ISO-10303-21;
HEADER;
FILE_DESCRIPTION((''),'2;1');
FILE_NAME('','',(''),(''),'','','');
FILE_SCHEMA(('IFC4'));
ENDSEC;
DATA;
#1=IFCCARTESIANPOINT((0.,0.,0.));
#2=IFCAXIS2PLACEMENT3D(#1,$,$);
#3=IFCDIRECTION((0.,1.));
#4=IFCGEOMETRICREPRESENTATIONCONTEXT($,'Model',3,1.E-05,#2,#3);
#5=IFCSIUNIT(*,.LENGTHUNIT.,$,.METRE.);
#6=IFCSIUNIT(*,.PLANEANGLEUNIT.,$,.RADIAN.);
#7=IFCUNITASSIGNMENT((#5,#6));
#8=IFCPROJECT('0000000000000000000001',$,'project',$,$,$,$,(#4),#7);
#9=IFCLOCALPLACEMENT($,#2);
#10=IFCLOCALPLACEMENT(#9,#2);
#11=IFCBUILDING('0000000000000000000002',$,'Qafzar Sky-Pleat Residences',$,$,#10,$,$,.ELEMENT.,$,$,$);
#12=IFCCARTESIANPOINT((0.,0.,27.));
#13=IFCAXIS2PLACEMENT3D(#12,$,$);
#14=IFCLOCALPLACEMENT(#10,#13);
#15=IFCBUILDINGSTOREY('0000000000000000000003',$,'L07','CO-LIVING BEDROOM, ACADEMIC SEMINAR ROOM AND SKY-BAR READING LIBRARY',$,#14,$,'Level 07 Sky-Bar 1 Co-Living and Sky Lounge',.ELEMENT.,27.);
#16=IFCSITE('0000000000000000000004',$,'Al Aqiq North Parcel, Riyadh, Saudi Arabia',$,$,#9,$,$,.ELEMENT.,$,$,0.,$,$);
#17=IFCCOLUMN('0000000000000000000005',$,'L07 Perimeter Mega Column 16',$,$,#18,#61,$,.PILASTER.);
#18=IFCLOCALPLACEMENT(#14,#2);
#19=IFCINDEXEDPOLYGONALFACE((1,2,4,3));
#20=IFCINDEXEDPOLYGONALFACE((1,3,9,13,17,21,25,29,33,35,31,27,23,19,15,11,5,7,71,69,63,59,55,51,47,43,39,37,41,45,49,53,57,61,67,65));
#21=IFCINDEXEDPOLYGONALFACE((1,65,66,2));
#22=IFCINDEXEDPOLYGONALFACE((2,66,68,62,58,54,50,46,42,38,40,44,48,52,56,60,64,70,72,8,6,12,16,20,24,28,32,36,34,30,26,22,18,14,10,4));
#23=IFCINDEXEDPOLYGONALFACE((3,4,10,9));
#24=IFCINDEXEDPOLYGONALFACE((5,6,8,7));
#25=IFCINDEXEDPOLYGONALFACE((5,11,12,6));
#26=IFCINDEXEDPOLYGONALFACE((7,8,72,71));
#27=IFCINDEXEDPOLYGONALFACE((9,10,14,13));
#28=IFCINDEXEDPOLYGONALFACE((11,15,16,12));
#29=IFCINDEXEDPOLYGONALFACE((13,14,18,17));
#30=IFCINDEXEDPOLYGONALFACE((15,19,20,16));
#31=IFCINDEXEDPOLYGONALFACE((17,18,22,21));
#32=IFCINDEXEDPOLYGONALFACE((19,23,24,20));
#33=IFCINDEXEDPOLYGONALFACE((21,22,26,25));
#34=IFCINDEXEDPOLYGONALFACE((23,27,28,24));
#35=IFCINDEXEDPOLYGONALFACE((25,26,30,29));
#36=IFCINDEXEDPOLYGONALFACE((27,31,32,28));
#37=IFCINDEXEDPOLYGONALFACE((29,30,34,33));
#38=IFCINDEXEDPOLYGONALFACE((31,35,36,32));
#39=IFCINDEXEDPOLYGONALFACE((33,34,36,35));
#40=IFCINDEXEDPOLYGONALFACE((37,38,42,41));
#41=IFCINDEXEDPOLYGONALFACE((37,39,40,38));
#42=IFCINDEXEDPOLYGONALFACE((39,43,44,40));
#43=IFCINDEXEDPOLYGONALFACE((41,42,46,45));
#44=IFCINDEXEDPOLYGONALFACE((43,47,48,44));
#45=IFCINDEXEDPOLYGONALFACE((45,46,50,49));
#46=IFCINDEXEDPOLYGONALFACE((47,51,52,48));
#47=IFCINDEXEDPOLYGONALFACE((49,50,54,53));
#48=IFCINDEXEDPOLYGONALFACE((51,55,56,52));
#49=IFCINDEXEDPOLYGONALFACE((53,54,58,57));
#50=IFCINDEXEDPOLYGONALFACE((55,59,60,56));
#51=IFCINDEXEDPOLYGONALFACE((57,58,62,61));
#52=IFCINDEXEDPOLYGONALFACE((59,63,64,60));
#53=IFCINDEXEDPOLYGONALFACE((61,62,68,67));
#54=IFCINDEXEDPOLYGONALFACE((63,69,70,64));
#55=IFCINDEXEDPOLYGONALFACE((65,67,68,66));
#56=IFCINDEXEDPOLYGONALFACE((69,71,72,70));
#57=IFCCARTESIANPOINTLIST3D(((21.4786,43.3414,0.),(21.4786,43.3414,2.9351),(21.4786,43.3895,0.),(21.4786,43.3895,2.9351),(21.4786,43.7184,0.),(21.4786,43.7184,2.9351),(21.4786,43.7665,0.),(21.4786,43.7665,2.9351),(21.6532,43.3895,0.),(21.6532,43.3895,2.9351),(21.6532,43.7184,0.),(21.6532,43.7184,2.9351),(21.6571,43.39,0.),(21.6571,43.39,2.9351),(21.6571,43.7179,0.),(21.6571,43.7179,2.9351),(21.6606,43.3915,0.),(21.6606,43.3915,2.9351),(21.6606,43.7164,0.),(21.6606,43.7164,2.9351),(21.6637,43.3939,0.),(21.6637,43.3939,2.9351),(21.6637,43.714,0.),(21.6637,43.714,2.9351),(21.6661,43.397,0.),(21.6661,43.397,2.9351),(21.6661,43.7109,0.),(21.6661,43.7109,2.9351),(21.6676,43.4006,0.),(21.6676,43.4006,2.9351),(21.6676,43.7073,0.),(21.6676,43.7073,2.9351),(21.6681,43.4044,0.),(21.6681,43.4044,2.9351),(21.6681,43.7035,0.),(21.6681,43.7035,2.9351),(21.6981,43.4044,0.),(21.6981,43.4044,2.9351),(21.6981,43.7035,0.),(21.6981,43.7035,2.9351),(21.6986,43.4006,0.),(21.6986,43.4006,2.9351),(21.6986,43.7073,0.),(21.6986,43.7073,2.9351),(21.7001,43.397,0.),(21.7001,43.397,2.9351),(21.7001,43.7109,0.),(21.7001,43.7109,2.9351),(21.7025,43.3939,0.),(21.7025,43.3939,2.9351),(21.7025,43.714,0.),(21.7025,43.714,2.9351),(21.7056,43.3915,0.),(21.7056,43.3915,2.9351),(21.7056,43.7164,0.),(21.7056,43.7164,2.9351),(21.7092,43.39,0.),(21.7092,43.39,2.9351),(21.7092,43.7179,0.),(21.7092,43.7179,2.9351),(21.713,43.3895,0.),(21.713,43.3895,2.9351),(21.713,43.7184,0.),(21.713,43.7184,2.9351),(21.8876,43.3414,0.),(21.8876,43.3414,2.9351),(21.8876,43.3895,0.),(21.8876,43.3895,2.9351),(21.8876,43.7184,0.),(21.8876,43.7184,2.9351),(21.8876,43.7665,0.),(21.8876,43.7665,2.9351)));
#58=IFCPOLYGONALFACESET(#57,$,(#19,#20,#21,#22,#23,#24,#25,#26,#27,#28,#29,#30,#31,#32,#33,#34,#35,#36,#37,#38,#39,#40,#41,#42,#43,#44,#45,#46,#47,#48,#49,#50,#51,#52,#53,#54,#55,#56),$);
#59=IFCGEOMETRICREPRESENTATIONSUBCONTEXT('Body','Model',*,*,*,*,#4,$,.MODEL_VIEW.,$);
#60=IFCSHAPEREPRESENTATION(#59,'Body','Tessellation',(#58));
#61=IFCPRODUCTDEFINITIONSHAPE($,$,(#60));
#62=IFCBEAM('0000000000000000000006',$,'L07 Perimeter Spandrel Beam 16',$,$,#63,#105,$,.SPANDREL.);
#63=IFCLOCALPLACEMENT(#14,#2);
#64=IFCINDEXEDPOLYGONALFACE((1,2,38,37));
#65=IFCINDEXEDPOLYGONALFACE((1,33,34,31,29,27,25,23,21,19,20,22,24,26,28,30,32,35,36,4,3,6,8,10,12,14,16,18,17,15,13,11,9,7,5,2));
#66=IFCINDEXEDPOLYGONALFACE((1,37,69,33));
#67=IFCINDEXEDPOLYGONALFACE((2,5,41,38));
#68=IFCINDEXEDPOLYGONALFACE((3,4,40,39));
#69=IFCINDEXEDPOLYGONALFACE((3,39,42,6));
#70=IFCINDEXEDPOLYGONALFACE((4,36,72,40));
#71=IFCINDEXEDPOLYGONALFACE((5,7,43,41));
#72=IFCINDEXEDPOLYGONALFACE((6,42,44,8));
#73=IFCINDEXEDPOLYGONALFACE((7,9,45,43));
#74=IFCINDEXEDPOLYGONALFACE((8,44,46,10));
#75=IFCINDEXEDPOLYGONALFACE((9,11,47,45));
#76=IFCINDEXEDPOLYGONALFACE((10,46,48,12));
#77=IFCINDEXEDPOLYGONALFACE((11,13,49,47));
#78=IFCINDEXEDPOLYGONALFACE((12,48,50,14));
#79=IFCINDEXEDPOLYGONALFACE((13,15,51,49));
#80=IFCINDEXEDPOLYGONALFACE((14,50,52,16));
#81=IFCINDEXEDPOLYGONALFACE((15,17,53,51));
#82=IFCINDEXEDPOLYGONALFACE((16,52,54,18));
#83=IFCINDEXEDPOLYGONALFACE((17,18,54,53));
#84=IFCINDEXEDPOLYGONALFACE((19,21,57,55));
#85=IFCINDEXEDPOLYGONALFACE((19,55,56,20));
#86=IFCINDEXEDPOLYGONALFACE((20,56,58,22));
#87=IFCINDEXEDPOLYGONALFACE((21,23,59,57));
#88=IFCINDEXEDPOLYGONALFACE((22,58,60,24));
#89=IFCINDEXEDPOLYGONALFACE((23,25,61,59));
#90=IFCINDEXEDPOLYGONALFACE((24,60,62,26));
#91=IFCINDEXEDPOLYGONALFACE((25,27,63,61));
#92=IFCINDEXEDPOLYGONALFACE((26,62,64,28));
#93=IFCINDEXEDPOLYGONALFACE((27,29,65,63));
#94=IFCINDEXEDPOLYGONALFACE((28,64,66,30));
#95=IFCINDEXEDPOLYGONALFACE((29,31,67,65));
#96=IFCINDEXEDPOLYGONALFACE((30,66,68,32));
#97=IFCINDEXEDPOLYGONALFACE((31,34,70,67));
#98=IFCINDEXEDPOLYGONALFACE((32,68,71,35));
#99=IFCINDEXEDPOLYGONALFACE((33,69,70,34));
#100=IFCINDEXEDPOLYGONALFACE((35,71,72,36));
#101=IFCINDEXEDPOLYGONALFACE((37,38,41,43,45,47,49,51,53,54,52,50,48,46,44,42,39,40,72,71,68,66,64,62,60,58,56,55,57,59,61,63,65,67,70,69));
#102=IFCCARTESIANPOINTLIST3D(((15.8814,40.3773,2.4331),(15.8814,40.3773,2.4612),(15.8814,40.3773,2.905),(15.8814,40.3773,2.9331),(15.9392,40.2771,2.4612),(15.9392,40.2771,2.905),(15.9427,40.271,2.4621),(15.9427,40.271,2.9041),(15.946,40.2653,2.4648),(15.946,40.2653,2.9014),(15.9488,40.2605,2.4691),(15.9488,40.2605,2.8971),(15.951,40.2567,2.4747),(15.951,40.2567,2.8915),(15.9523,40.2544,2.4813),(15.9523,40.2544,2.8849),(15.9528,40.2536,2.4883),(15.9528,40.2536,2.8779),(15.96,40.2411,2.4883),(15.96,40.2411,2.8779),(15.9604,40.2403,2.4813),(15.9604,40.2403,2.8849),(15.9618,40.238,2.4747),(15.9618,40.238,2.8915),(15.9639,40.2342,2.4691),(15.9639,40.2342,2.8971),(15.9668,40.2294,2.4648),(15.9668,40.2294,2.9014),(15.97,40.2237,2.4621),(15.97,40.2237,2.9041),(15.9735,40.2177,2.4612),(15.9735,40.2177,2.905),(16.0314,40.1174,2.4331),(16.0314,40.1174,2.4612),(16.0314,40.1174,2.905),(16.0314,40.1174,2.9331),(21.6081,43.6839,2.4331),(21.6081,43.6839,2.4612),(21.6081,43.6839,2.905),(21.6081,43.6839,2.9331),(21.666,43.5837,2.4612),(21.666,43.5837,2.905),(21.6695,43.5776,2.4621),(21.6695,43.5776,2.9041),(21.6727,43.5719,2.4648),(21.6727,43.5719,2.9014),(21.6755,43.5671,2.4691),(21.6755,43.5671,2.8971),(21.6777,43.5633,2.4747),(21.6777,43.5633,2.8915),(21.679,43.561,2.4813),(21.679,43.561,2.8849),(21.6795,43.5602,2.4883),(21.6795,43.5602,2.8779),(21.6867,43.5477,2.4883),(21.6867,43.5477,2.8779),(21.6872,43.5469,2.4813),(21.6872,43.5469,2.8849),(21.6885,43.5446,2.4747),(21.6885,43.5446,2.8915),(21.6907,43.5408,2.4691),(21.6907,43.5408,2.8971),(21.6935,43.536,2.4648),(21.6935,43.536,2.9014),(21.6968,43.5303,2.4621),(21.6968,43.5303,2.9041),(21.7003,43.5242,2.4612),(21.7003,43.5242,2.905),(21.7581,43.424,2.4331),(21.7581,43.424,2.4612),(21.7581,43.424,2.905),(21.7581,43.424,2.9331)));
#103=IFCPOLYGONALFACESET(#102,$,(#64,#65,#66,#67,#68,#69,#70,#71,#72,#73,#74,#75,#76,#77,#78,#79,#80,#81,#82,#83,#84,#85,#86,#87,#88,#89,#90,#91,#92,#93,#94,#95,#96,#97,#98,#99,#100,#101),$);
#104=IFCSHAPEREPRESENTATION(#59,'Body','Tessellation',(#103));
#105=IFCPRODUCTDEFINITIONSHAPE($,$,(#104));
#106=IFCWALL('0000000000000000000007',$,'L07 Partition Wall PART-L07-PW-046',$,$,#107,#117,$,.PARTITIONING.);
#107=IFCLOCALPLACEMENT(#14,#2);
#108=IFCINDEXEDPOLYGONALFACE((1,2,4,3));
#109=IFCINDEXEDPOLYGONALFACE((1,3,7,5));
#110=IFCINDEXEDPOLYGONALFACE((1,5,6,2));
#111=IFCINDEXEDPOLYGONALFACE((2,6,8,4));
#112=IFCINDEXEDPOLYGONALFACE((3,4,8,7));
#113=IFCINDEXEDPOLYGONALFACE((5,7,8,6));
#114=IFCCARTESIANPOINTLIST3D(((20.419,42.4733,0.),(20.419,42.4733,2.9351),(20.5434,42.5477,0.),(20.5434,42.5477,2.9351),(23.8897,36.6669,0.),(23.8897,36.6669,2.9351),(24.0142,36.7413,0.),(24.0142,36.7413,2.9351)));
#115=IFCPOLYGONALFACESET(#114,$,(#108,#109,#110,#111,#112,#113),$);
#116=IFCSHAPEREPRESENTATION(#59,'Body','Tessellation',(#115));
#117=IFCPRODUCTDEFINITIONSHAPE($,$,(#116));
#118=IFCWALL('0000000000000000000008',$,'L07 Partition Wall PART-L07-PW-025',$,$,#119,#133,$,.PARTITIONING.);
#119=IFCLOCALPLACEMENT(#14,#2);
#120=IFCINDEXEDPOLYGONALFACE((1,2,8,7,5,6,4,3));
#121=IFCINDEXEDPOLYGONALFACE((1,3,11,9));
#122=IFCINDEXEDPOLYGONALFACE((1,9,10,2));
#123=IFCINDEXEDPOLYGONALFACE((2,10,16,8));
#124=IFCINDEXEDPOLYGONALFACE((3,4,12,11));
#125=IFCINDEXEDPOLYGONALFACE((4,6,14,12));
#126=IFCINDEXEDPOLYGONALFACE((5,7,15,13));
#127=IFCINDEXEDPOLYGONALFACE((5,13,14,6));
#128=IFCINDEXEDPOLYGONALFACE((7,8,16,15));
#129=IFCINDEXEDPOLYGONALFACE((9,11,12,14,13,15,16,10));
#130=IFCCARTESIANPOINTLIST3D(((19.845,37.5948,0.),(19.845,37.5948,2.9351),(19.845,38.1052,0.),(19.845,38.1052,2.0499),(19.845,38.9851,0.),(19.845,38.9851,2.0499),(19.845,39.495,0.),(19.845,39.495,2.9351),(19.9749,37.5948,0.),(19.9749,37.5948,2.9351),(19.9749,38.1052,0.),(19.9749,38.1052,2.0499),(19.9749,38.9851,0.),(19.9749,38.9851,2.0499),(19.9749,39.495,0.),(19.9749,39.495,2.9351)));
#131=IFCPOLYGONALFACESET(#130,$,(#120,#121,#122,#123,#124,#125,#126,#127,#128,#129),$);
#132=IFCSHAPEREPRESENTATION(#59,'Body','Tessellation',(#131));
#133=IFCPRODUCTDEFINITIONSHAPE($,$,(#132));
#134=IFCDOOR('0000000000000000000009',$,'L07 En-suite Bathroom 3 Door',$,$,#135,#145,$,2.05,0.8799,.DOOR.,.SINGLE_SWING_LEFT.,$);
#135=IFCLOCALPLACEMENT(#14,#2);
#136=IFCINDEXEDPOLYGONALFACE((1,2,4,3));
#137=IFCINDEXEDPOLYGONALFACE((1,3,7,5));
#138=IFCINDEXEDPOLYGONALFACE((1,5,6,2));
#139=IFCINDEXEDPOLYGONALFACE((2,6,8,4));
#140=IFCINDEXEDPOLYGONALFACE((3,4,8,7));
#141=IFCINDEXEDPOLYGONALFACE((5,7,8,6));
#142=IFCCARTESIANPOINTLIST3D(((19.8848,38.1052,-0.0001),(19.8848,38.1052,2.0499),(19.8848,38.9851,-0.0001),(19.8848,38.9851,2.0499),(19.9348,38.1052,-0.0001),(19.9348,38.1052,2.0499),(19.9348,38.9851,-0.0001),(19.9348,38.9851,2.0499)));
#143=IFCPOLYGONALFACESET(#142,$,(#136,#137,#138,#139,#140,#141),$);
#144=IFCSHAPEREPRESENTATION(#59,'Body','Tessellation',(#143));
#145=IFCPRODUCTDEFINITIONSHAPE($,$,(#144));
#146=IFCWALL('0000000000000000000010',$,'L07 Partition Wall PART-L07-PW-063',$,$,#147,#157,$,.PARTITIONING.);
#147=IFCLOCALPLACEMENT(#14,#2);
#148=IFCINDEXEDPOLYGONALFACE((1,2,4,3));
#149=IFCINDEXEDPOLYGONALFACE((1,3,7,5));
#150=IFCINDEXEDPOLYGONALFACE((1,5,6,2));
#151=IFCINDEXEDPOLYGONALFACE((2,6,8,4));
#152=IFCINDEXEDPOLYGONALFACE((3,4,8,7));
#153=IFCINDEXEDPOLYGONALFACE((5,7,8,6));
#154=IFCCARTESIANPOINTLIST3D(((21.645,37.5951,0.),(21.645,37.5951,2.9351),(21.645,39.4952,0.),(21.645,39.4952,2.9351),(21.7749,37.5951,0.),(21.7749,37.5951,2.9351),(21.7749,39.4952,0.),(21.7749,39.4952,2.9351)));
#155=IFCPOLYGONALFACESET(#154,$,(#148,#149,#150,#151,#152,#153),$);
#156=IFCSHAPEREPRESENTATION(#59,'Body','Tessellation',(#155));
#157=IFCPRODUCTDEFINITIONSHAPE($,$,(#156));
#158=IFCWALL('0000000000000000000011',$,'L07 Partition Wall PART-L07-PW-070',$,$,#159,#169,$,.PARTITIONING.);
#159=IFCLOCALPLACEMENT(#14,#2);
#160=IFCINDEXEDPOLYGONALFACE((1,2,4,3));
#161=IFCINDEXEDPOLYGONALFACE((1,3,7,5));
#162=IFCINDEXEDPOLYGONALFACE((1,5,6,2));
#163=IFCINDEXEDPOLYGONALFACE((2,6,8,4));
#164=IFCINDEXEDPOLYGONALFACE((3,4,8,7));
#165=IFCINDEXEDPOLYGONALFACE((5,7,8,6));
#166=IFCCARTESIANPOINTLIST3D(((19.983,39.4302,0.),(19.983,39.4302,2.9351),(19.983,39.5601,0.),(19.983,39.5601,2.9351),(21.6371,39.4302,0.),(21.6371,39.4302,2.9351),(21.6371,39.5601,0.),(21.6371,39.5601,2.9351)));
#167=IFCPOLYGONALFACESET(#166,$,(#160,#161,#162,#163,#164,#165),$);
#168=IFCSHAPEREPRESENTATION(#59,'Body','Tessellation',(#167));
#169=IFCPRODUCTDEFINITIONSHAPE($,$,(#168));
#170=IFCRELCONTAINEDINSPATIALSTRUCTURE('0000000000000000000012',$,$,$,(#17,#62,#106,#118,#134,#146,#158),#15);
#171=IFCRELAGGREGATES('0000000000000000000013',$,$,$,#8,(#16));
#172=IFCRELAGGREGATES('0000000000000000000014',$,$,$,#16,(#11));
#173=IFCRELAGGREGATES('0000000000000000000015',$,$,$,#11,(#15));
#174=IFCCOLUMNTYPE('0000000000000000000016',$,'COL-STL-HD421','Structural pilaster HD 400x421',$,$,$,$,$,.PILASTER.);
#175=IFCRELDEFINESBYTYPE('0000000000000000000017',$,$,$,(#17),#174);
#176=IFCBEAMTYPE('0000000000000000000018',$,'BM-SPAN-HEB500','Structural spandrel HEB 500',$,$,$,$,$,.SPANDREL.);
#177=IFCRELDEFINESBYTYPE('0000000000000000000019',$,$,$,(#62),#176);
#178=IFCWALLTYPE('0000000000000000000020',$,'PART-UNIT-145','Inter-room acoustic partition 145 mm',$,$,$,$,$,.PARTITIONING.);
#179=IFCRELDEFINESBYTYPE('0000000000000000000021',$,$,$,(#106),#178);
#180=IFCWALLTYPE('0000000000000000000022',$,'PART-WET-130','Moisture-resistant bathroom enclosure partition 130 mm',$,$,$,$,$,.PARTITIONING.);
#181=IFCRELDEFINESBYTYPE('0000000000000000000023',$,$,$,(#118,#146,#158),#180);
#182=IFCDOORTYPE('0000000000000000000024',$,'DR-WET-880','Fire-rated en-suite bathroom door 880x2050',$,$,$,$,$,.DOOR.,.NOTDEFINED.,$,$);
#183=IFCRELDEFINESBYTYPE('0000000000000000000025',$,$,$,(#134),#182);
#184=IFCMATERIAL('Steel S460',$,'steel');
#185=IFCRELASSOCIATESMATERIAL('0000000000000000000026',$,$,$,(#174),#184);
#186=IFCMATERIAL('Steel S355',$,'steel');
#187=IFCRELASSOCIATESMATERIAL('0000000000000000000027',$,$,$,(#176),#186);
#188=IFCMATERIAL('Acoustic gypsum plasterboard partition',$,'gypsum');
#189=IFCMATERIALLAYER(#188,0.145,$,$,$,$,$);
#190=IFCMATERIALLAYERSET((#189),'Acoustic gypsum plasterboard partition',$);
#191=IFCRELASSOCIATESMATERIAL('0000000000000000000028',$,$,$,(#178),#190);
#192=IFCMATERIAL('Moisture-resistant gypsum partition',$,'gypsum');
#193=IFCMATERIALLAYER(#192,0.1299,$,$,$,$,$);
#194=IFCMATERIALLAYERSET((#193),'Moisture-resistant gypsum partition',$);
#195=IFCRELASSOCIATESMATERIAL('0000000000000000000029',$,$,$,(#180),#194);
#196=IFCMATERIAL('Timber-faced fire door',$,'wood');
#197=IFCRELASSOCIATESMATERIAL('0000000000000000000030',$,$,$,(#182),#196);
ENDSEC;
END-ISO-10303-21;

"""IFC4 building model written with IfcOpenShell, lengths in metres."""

from ifc_helpers import new_model, si_unit, direction, frame, frame_2d, origin, origin_2d, place, context, subcontext, project, spatial, rectangle, i_section, extrude, source, transform, mapped, material, layer, layer_set, material_profile, profile_set, type_object, element, fill, save


model = new_model("IFC4")

# Units and contexts
model_context = context("Model", 3, precision=1e-05, world=origin(), true_north=direction((0.0, 1.0)))
body_context = subcontext(model_context, "Body", "Model", "MODEL_VIEW")
ifc_project = project(units=[si_unit("LENGTHUNIT", "METRE"), si_unit("PLANEANGLEUNIT", "RADIAN")], contexts=[model_context])

# Site, building, storey
site_placement = place(None, origin())
site = spatial("IfcSite", under=ifc_project, at=site_placement, Name="Al Aqiq North Parcel, Riyadh, Saudi Arabia", CompositionType="ELEMENT", RefElevation=0.0)
building_placement = place(site_placement, origin())
building = spatial("IfcBuilding", under=site, at=building_placement, Name="Qafzar Sky-Pleat Residences", CompositionType="ELEMENT")
storey_placement = place(building_placement, frame((0.0, 0.0, 27.0)))
storey = spatial("IfcBuildingStorey", under=building, at=storey_placement, Name="L07", Description="CO-LIVING BEDROOM, ACADEMIC SEMINAR ROOM AND SKY-BAR READING LIBRARY", LongName="Level 07 Sky-Bar 1 Co-Living and Sky Lounge", CompositionType="ELEMENT", Elevation=27.0)

# Column
ifc_material_1 = material(Name="Steel S460", Category="steel")
ifc_material_profile_1 = material_profile(ifc_material_1, i_section(OverallWidth=0.4089, OverallDepth=0.425, WebThickness=0.03, FlangeThickness=0.0481, FilletRadius=0.0149, at=origin_2d()), Name="HD 400x421")
ifc_profile_set_1 = profile_set([ifc_material_profile_1], Name="Steel S460")
column_type = type_object("IfcColumnType", Name="COL-STL-HD421", Description="Structural pilaster HD 400x421", PredefinedType="PILASTER", material=ifc_profile_set_1)
shared_shape_1 = source(origin(), body_context, "Body", "SweptSolid", [
    extrude(i_section(OverallWidth=0.4089, OverallDepth=0.425, WebThickness=0.03, FlangeThickness=0.0481, FilletRadius=0.0149, at=origin_2d()), origin(), (0.0, 0.0, 1.0), 2.9351),
])
column_placement = place(storey_placement, frame((21.6831, 43.554, 0.0), z_axis=(0.0, 0.0, 1.0), x_axis=(1.0, 0.0, 0.0)))
element("IfcColumn", 1, at=column_placement, inside=storey, type_object=column_type, Name="L07 Perimeter Mega Column 16", PredefinedType="PILASTER", context=body_context, shape_type="MappedRepresentation", body=[
    mapped(shared_shape_1, transform((0.0, 0.0, 0.0), x_axis=(1.0, 0.0, 0.0), y_axis=(0.0, 1.0, 0.0), z_axis=(0.0, 0.0, 1.0), scale=1.0)),
])

# Beam
ifc_material_2 = material(Name="Steel S355", Category="steel")
ifc_material_profile_2 = material_profile(ifc_material_2, i_section(OverallWidth=0.3, OverallDepth=0.5, WebThickness=0.0144, FlangeThickness=0.0281, FilletRadius=0.0271, at=origin_2d()), Name="HEB 500")
ifc_profile_set_2 = profile_set([ifc_material_profile_2], Name="Steel S355")
beam_type = type_object("IfcBeamType", Name="BM-SPAN-HEB500", Description="Structural spandrel HEB 500", PredefinedType="SPANDREL", material=ifc_profile_set_2)
shared_shape_2 = source(origin(), body_context, "Body", "SweptSolid", [
    extrude(i_section(OverallWidth=0.3, OverallDepth=0.5, WebThickness=0.0144, FlangeThickness=0.0281, FilletRadius=0.0271, at=origin_2d()), origin(), (0.0, 0.0, 1.0), 6.6128),
])
beam_placement = place(storey_placement, frame((21.6831, 43.554, 2.6831), z_axis=(-0.866008, -0.50003, 0.0), x_axis=(0.50003, -0.866008, 0.0)))
element("IfcBeam", 2, at=beam_placement, inside=storey, type_object=beam_type, Name="L07 Perimeter Spandrel Beam 16", PredefinedType="SPANDREL", context=body_context, shape_type="MappedRepresentation", body=[
    mapped(shared_shape_2, transform((0.0, 0.0, 0.0), x_axis=(1.0, 0.0, 0.0), y_axis=(0.0, 1.0, 0.0), z_axis=(0.0, 0.0, 1.0), scale=1.0)),
])

# Wall
ifc_material_3 = material(Name="Acoustic gypsum plasterboard partition", Category="gypsum")
ifc_layer_1 = layer(ifc_material_3, 0.145)
ifc_layer_set_1 = layer_set([ifc_layer_1], Name="Acoustic gypsum plasterboard partition")
wall_type_1 = type_object("IfcWallType", Name="PART-UNIT-145", Description="Inter-room acoustic partition 145 mm", PredefinedType="PARTITIONING", material=ifc_layer_set_1)
wall_1_placement = place(storey_placement, frame((20.4812, 42.5105, 0.0), z_axis=(0.0, 0.0, 1.0), x_axis=(0.513067, -0.858348, 0.0)))
element("IfcWall", 3, at=wall_1_placement, inside=storey, type_object=wall_type_1, Name="L07 Partition Wall PART-L07-PW-046", PredefinedType="PARTITIONING", context=body_context, shape_type="SweptSolid", body=[
    extrude(rectangle(XDim=6.7646, YDim=0.145, at=frame_2d((3.3823, 0.0))), origin(), (0.0, 0.0, 1.0), 2.9351),
])

# Wall, opening, door
ifc_material_4 = material(Name="Moisture-resistant gypsum partition", Category="gypsum")
ifc_layer_2 = layer(ifc_material_4, 0.1299)
ifc_layer_set_2 = layer_set([ifc_layer_2], Name="Moisture-resistant gypsum partition")
wall_type_2 = type_object("IfcWallType", Name="PART-WET-130", Description="Moisture-resistant bathroom enclosure partition 130 mm", PredefinedType="PARTITIONING", material=ifc_layer_set_2)
wall_2_placement = place(storey_placement, frame((19.9099, 39.4951, 0.0), z_axis=(0.0, 0.0, 1.0), x_axis=(0.0, -1.0, 0.0)))
wall_2 = element("IfcWall", 4, at=wall_2_placement, inside=storey, type_object=wall_type_2, Name="L07 Partition Wall PART-L07-PW-025", PredefinedType="PARTITIONING", context=body_context, shape_type="SweptSolid", body=[
    extrude(rectangle(XDim=1.9001, YDim=0.1299, at=frame_2d((0.9502, 0.0))), origin(), (0.0, 0.0, 1.0), 2.9351),
])
opening_1_placement = place(wall_2_placement, frame((0.51, 0.0, 0.0)))
opening_1 = element("IfcOpeningElement", 5, at=opening_1_placement, cuts=wall_2, PredefinedType="OPENING", context=body_context, shape_type="SweptSolid", body=[
    extrude(rectangle(XDim=0.8799, YDim=2.05, at=frame_2d((0.4399, 1.0249))), frame((0.0, 0.075, 0.0), z_axis=(0.0, -1.0, 0.0), x_axis=(1.0, 0.0, 0.0)), (0.0, 0.0, 1.0), 0.1499),
])
ifc_material_5 = material(Name="Timber-faced fire door", Category="wood")
door_type = type_object("IfcDoorType", Name="DR-WET-880", Description="Fire-rated en-suite bathroom door 880x2050", OperationType="NOTDEFINED", PredefinedType="DOOR", material=ifc_material_5)
shared_shape_3 = source(origin(), body_context, "Body", "SweptSolid", [
    extrude(rectangle(XDim=0.8799, YDim=2.05, at=frame_2d((0.4399, 1.0249))), frame((0.0, 0.0249, 0.0), z_axis=(0.0, -1.0, 0.0), x_axis=(1.0, 0.0, 0.0)), (0.0, 0.0, 1.0), 0.05),
])
door_placement = place(opening_1_placement, origin())
door = element("IfcDoor", 6, at=door_placement, inside=storey, type_object=door_type, Name="L07 En-suite Bathroom 3 Door", OperationType="SINGLE_SWING_LEFT", OverallHeight=2.05, OverallWidth=0.8799, PredefinedType="DOOR", context=body_context, shape_type="MappedRepresentation", body=[
    mapped(shared_shape_3, transform((0.0, 0.0, 0.0), x_axis=(1.0, 0.0, 0.0), y_axis=(0.0, 1.0, 0.0), z_axis=(0.0, 0.0, 1.0), scale=1.0)),
])
fill(opening_1, door)

# Walls
wall_3_placement = place(storey_placement, frame((21.71, 37.595, 0.0), z_axis=(0.0, 0.0, 1.0), x_axis=(0.0, 1.0, 0.0)))
element("IfcWall", 7, at=wall_3_placement, inside=storey, type_object=wall_type_2, Name="L07 Partition Wall PART-L07-PW-063", PredefinedType="PARTITIONING", context=body_context, shape_type="SweptSolid", body=[
    extrude(rectangle(XDim=1.9001, YDim=0.1299, at=frame_2d((0.9502, 0.0))), origin(), (0.0, 0.0, 1.0), 2.9351),
])
wall_4_placement = place(storey_placement, frame((19.9829, 39.4951, 0.0), z_axis=(0.0, 0.0, 1.0), x_axis=(1.0, 0.0, 0.0)))
element("IfcWall", 8, at=wall_4_placement, inside=storey, type_object=wall_type_2, Name="L07 Partition Wall PART-L07-PW-070", PredefinedType="PARTITIONING", context=body_context, shape_type="SweptSolid", body=[
    extrude(rectangle(XDim=1.6541, YDim=0.1299, at=frame_2d((0.8271, 0.0))), origin(), (0.0, 0.0, 1.0), 2.9351),
])

save(model, "model.ifc")
